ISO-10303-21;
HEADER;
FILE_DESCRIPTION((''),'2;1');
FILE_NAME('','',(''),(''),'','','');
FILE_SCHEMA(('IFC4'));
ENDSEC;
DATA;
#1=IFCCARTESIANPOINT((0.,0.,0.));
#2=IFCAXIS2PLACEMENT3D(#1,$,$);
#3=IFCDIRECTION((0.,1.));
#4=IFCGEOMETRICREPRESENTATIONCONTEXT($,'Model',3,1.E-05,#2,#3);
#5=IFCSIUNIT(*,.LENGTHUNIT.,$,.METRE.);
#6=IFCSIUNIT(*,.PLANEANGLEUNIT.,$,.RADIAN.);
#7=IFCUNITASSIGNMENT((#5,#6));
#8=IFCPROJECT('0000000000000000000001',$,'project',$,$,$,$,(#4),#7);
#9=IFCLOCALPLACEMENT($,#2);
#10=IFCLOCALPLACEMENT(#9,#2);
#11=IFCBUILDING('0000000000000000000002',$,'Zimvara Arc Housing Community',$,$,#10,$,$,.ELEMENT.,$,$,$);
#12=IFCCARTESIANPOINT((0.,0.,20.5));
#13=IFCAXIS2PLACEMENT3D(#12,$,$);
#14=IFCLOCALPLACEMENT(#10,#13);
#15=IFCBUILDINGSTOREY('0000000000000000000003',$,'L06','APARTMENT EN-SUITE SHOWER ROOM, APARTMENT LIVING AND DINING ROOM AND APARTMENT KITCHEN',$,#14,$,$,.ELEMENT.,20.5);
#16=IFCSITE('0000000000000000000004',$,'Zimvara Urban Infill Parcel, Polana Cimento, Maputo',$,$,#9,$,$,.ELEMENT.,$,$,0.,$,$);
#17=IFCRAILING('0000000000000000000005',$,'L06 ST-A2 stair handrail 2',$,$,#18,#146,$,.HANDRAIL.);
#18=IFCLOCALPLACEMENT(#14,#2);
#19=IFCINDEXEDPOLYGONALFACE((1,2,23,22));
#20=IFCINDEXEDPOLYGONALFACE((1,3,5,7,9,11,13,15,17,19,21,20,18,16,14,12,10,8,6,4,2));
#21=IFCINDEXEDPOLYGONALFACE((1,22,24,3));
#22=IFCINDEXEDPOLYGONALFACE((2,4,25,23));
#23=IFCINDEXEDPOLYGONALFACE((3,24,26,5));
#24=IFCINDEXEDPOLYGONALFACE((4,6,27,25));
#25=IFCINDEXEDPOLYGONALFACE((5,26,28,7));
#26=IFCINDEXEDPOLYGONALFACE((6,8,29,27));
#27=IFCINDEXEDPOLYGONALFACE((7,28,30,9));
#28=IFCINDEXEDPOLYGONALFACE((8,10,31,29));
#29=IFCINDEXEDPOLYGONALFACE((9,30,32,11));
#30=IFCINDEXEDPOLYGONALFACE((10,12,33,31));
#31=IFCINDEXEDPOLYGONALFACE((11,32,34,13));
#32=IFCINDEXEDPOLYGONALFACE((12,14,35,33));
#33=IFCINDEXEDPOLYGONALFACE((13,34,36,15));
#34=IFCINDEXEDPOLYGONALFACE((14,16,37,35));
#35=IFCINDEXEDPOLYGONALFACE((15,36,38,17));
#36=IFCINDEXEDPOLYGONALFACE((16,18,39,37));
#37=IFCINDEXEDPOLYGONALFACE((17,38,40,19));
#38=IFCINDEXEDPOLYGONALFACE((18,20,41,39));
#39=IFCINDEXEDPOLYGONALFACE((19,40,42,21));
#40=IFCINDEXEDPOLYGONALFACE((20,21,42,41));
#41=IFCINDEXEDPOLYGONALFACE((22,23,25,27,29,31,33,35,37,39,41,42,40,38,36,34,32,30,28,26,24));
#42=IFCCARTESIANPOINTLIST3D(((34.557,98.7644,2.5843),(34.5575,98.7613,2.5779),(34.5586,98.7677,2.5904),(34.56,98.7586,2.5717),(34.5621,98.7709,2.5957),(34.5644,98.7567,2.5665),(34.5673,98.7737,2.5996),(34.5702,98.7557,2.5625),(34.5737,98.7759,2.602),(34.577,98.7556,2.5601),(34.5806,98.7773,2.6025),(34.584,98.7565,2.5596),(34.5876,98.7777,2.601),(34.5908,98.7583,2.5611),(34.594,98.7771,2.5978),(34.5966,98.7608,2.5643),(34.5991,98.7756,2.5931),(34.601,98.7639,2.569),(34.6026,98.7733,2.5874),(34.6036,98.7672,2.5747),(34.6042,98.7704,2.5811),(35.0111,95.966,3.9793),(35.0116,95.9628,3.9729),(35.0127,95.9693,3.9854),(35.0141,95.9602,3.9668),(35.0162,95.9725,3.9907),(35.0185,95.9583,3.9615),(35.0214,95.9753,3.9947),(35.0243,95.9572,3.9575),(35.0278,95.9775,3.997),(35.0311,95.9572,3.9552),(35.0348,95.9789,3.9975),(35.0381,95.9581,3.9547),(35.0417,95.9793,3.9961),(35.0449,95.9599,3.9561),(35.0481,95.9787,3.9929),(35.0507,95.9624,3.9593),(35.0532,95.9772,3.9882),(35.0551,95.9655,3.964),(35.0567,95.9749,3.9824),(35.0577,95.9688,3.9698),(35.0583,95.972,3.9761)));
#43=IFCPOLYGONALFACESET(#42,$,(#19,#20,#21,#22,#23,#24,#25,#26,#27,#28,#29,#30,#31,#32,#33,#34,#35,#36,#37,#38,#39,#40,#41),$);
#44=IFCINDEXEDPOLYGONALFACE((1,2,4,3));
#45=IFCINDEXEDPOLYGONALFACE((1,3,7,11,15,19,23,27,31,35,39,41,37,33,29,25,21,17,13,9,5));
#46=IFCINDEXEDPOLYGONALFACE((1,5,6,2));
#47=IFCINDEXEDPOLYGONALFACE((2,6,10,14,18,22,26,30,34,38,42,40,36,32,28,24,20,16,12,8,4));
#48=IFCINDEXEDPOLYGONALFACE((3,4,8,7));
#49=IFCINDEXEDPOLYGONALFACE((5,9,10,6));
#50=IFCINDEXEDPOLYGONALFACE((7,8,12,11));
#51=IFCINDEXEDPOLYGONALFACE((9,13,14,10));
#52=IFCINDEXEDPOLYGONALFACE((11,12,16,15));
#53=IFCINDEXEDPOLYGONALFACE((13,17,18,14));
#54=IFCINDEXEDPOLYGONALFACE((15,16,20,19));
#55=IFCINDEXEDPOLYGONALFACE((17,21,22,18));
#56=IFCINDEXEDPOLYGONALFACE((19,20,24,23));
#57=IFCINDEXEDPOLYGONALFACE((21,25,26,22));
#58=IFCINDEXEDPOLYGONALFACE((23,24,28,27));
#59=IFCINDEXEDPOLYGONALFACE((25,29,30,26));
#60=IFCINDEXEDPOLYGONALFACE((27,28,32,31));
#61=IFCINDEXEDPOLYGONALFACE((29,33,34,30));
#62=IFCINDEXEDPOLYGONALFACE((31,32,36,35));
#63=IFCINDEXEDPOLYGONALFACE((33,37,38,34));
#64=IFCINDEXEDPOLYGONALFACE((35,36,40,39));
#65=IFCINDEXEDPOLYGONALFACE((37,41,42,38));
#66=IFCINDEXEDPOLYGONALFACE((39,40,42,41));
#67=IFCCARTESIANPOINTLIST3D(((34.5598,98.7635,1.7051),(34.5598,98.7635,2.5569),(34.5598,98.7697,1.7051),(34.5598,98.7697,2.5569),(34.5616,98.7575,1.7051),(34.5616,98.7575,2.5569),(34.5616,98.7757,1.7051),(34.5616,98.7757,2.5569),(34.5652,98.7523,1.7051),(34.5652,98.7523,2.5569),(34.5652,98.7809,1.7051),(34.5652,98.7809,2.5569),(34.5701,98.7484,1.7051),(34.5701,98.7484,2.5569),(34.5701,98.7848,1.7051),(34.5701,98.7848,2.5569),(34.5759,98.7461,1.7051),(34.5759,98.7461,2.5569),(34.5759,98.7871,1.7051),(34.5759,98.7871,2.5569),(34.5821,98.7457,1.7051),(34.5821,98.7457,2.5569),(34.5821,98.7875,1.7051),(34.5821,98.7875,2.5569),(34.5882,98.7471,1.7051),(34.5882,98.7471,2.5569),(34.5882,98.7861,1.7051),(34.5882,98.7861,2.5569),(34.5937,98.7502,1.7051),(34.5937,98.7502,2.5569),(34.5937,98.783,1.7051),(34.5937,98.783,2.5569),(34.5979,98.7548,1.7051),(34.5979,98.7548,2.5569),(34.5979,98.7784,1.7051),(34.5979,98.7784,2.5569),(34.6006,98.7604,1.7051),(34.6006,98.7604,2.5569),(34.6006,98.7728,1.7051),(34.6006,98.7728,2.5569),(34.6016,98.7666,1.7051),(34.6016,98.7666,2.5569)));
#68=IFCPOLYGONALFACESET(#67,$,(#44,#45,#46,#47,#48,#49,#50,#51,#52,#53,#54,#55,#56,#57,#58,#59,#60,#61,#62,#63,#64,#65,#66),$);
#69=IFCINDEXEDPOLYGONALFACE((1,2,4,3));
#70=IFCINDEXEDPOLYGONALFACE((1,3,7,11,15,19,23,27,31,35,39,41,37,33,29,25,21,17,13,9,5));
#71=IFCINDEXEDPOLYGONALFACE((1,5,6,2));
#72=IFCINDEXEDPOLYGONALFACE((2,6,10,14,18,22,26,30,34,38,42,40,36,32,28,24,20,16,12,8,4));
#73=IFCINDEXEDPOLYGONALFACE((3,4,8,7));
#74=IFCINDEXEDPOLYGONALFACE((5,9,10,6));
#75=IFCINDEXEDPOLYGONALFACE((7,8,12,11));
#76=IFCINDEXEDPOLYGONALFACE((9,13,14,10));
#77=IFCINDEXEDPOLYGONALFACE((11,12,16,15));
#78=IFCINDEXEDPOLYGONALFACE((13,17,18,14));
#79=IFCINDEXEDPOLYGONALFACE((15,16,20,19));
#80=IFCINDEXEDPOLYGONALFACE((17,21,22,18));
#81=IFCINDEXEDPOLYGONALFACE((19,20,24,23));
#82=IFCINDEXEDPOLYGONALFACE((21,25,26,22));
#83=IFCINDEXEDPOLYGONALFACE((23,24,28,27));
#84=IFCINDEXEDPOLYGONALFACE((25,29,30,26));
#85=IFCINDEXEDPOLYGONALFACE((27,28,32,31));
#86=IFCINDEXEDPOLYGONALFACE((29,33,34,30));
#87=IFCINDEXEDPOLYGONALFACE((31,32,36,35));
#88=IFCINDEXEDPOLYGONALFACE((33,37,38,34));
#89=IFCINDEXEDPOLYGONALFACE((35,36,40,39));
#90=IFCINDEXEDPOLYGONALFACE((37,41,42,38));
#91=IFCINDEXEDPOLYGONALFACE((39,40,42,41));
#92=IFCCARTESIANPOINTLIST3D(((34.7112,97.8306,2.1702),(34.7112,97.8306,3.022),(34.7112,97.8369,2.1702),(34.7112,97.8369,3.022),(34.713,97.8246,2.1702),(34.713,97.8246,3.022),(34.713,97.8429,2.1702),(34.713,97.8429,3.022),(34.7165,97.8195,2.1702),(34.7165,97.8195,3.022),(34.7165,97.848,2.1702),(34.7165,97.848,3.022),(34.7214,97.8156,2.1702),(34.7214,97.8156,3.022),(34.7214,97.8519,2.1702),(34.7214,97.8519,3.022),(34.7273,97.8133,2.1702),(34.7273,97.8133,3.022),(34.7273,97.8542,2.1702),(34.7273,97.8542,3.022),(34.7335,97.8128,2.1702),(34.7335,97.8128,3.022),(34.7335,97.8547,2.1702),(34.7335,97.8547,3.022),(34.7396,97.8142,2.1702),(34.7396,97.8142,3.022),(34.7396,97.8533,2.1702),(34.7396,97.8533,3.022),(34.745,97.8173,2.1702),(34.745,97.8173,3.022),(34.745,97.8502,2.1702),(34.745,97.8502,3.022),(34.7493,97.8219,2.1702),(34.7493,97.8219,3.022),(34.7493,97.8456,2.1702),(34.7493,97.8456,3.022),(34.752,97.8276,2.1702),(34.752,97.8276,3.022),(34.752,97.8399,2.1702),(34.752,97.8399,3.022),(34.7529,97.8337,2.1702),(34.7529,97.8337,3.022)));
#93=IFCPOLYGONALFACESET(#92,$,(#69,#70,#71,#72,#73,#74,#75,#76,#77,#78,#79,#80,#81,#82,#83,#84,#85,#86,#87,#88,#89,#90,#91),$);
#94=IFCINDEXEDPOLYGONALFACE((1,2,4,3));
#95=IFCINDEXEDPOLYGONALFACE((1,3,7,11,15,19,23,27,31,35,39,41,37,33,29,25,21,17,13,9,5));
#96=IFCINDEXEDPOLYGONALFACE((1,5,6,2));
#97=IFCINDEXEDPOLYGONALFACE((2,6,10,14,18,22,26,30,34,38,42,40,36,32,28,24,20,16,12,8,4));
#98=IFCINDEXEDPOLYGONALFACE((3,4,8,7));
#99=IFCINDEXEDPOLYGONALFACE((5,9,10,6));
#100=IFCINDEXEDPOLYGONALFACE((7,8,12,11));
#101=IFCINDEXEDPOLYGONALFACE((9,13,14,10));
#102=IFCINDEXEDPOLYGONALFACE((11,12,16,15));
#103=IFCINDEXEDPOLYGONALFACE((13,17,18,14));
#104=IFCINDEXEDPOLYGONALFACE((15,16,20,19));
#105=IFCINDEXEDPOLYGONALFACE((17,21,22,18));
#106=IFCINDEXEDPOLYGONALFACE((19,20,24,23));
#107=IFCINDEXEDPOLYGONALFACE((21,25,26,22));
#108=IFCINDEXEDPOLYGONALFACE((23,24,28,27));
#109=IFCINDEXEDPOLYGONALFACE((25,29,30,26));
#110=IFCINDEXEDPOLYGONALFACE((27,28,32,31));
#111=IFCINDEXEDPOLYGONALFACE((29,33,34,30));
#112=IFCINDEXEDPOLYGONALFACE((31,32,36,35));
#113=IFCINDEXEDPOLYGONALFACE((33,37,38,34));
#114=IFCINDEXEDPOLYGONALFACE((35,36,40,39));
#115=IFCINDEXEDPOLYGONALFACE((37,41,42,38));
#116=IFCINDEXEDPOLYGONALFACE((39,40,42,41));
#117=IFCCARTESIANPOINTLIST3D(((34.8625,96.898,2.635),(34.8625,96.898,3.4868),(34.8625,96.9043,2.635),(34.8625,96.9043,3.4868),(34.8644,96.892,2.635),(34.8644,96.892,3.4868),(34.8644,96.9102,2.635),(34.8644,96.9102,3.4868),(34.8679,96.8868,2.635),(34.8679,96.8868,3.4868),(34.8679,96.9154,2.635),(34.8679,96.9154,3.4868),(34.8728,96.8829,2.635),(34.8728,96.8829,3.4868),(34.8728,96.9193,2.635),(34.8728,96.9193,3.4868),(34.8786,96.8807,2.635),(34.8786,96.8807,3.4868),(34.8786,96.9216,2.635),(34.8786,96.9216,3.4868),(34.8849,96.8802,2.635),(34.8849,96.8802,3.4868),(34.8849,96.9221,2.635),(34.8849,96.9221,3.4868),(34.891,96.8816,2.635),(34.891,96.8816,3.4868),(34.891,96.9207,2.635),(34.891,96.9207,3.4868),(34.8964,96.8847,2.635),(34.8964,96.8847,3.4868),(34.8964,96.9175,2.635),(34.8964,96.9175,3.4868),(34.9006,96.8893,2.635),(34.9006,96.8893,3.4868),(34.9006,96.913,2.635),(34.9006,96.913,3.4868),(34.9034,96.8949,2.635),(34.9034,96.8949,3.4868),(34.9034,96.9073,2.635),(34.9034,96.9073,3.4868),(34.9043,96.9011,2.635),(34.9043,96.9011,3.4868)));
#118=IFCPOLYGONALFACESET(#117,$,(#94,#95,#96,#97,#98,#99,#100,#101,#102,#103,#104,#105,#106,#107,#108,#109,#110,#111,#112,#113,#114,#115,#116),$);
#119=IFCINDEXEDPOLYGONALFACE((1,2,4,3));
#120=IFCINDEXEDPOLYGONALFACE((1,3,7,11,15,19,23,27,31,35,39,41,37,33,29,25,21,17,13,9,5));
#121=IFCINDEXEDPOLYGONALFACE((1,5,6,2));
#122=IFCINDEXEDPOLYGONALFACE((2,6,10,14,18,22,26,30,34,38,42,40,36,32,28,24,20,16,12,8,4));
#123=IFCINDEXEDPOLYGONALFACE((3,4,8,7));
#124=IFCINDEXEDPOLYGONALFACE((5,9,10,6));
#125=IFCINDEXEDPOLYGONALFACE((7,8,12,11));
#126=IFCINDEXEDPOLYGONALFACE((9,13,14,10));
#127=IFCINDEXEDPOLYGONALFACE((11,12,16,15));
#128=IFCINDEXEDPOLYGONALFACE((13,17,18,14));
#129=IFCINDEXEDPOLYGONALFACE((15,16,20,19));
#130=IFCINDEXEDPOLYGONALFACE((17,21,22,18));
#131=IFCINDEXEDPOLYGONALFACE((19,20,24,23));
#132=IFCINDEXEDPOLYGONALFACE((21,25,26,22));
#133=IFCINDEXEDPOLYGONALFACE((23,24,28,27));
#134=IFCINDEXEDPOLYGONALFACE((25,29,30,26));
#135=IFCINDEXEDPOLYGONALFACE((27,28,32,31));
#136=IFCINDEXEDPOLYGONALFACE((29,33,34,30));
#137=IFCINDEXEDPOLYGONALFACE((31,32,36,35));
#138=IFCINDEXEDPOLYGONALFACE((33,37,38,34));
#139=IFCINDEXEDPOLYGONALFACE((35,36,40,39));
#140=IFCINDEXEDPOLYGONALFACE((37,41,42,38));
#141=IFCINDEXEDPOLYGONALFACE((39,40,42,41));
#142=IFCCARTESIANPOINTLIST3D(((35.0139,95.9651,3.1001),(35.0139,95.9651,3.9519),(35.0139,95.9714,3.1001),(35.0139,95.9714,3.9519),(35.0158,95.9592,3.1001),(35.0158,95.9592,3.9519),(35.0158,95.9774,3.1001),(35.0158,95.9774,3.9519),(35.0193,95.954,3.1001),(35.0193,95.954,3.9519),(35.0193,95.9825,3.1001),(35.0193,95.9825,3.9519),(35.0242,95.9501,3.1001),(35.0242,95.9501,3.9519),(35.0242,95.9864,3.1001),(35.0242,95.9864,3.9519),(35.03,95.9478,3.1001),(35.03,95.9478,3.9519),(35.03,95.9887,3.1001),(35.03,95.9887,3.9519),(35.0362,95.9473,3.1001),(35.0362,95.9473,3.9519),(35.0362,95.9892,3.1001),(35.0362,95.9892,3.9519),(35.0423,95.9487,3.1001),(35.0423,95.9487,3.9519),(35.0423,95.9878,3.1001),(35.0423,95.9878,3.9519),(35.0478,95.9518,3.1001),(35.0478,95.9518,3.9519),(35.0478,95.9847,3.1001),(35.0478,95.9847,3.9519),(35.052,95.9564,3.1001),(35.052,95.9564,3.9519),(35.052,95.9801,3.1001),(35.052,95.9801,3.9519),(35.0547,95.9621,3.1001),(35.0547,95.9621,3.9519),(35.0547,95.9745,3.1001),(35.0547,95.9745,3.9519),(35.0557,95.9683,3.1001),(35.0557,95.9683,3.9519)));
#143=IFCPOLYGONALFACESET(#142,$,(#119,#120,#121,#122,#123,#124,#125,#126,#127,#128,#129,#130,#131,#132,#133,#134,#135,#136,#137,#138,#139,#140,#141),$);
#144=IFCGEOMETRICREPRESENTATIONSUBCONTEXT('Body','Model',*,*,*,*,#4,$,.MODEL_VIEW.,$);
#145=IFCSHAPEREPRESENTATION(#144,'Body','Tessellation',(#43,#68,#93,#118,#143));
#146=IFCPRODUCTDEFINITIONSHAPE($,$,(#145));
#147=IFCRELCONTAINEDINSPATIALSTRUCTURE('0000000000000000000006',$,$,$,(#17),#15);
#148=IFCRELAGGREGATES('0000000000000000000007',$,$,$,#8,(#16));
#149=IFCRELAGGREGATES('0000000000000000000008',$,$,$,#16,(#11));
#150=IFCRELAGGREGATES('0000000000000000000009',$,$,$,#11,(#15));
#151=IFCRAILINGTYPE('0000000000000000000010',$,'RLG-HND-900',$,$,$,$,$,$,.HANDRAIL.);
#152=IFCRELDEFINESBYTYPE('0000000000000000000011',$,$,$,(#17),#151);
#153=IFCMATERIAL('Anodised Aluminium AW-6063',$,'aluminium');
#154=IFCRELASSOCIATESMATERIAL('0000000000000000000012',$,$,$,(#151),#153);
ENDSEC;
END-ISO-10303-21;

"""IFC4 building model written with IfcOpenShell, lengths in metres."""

from ifc_helpers import new_model, si_unit, direction, frame, origin, origin_2d, place, context, subcontext, project, spatial, circle, extrude, material, type_object, element, save


model = new_model("IFC4")

# Units and contexts
model_context = context("Model", 3, precision=1e-05, world=origin(), true_north=direction((0.0, 1.0)))
body_context = subcontext(model_context, "Body", "Model", "MODEL_VIEW")
ifc_project = project(units=[si_unit("LENGTHUNIT", "METRE"), si_unit("PLANEANGLEUNIT", "RADIAN")], contexts=[model_context])

# Site, building, storey
site_placement = place(None, origin())
site = spatial("IfcSite", under=ifc_project, at=site_placement, Name="Zimvara Urban Infill Parcel, Polana Cimento, Maputo", CompositionType="ELEMENT", RefElevation=0.0)
building_placement = place(site_placement, origin())
building = spatial("IfcBuilding", under=site, at=building_placement, Name="Zimvara Arc Housing Community", CompositionType="ELEMENT")
storey_placement = place(building_placement, frame((0.0, 0.0, 20.5)))
storey = spatial("IfcBuildingStorey", under=building, at=storey_placement, Name="L06", Description="APARTMENT EN-SUITE SHOWER ROOM, APARTMENT LIVING AND DINING ROOM AND APARTMENT KITCHEN", CompositionType="ELEMENT", Elevation=20.5)

# Railing
ifc_material_1 = material(Name="Anodised Aluminium AW-6063", Category="aluminium")
railing_type = type_object("IfcRailingType", Name="RLG-HND-900", PredefinedType="HANDRAIL", material=ifc_material_1)
railing_placement = place(storey_placement, frame((34.5806, 98.7666, 1.7051)))
element("IfcRailing", 1, at=railing_placement, inside=storey, type_object=railing_type, Name="L06 ST-A2 stair handrail 2", PredefinedType="HANDRAIL", context=body_context, shape_type="SweptSolid", body=[
    extrude(circle(Radius=0.0239, at=origin_2d()), frame((0.0, 0.0, 0.876), z_axis=(0.143722, -0.885666, 0.44152), x_axis=(0.987088, 0.16018, 0.0)), (0.0, 0.0, 1.0), 3.1597),
    extrude(circle(Radius=0.021, at=origin_2d()), origin(), (0.0, 0.0, 1.0), 0.8518),
    extrude(circle(Radius=0.021, at=origin_2d()), frame((0.1514, -0.9329, 0.4651)), (0.0, 0.0, 1.0), 0.8518),
    extrude(circle(Radius=0.021, at=origin_2d()), frame((0.3027, -1.8655, 0.9299)), (0.0, 0.0, 1.0), 0.8518),
    extrude(circle(Radius=0.021, at=origin_2d()), frame((0.4541, -2.7983, 1.395)), (0.0, 0.0, 1.0), 0.8518),
])

save(model, "model.ifc")
